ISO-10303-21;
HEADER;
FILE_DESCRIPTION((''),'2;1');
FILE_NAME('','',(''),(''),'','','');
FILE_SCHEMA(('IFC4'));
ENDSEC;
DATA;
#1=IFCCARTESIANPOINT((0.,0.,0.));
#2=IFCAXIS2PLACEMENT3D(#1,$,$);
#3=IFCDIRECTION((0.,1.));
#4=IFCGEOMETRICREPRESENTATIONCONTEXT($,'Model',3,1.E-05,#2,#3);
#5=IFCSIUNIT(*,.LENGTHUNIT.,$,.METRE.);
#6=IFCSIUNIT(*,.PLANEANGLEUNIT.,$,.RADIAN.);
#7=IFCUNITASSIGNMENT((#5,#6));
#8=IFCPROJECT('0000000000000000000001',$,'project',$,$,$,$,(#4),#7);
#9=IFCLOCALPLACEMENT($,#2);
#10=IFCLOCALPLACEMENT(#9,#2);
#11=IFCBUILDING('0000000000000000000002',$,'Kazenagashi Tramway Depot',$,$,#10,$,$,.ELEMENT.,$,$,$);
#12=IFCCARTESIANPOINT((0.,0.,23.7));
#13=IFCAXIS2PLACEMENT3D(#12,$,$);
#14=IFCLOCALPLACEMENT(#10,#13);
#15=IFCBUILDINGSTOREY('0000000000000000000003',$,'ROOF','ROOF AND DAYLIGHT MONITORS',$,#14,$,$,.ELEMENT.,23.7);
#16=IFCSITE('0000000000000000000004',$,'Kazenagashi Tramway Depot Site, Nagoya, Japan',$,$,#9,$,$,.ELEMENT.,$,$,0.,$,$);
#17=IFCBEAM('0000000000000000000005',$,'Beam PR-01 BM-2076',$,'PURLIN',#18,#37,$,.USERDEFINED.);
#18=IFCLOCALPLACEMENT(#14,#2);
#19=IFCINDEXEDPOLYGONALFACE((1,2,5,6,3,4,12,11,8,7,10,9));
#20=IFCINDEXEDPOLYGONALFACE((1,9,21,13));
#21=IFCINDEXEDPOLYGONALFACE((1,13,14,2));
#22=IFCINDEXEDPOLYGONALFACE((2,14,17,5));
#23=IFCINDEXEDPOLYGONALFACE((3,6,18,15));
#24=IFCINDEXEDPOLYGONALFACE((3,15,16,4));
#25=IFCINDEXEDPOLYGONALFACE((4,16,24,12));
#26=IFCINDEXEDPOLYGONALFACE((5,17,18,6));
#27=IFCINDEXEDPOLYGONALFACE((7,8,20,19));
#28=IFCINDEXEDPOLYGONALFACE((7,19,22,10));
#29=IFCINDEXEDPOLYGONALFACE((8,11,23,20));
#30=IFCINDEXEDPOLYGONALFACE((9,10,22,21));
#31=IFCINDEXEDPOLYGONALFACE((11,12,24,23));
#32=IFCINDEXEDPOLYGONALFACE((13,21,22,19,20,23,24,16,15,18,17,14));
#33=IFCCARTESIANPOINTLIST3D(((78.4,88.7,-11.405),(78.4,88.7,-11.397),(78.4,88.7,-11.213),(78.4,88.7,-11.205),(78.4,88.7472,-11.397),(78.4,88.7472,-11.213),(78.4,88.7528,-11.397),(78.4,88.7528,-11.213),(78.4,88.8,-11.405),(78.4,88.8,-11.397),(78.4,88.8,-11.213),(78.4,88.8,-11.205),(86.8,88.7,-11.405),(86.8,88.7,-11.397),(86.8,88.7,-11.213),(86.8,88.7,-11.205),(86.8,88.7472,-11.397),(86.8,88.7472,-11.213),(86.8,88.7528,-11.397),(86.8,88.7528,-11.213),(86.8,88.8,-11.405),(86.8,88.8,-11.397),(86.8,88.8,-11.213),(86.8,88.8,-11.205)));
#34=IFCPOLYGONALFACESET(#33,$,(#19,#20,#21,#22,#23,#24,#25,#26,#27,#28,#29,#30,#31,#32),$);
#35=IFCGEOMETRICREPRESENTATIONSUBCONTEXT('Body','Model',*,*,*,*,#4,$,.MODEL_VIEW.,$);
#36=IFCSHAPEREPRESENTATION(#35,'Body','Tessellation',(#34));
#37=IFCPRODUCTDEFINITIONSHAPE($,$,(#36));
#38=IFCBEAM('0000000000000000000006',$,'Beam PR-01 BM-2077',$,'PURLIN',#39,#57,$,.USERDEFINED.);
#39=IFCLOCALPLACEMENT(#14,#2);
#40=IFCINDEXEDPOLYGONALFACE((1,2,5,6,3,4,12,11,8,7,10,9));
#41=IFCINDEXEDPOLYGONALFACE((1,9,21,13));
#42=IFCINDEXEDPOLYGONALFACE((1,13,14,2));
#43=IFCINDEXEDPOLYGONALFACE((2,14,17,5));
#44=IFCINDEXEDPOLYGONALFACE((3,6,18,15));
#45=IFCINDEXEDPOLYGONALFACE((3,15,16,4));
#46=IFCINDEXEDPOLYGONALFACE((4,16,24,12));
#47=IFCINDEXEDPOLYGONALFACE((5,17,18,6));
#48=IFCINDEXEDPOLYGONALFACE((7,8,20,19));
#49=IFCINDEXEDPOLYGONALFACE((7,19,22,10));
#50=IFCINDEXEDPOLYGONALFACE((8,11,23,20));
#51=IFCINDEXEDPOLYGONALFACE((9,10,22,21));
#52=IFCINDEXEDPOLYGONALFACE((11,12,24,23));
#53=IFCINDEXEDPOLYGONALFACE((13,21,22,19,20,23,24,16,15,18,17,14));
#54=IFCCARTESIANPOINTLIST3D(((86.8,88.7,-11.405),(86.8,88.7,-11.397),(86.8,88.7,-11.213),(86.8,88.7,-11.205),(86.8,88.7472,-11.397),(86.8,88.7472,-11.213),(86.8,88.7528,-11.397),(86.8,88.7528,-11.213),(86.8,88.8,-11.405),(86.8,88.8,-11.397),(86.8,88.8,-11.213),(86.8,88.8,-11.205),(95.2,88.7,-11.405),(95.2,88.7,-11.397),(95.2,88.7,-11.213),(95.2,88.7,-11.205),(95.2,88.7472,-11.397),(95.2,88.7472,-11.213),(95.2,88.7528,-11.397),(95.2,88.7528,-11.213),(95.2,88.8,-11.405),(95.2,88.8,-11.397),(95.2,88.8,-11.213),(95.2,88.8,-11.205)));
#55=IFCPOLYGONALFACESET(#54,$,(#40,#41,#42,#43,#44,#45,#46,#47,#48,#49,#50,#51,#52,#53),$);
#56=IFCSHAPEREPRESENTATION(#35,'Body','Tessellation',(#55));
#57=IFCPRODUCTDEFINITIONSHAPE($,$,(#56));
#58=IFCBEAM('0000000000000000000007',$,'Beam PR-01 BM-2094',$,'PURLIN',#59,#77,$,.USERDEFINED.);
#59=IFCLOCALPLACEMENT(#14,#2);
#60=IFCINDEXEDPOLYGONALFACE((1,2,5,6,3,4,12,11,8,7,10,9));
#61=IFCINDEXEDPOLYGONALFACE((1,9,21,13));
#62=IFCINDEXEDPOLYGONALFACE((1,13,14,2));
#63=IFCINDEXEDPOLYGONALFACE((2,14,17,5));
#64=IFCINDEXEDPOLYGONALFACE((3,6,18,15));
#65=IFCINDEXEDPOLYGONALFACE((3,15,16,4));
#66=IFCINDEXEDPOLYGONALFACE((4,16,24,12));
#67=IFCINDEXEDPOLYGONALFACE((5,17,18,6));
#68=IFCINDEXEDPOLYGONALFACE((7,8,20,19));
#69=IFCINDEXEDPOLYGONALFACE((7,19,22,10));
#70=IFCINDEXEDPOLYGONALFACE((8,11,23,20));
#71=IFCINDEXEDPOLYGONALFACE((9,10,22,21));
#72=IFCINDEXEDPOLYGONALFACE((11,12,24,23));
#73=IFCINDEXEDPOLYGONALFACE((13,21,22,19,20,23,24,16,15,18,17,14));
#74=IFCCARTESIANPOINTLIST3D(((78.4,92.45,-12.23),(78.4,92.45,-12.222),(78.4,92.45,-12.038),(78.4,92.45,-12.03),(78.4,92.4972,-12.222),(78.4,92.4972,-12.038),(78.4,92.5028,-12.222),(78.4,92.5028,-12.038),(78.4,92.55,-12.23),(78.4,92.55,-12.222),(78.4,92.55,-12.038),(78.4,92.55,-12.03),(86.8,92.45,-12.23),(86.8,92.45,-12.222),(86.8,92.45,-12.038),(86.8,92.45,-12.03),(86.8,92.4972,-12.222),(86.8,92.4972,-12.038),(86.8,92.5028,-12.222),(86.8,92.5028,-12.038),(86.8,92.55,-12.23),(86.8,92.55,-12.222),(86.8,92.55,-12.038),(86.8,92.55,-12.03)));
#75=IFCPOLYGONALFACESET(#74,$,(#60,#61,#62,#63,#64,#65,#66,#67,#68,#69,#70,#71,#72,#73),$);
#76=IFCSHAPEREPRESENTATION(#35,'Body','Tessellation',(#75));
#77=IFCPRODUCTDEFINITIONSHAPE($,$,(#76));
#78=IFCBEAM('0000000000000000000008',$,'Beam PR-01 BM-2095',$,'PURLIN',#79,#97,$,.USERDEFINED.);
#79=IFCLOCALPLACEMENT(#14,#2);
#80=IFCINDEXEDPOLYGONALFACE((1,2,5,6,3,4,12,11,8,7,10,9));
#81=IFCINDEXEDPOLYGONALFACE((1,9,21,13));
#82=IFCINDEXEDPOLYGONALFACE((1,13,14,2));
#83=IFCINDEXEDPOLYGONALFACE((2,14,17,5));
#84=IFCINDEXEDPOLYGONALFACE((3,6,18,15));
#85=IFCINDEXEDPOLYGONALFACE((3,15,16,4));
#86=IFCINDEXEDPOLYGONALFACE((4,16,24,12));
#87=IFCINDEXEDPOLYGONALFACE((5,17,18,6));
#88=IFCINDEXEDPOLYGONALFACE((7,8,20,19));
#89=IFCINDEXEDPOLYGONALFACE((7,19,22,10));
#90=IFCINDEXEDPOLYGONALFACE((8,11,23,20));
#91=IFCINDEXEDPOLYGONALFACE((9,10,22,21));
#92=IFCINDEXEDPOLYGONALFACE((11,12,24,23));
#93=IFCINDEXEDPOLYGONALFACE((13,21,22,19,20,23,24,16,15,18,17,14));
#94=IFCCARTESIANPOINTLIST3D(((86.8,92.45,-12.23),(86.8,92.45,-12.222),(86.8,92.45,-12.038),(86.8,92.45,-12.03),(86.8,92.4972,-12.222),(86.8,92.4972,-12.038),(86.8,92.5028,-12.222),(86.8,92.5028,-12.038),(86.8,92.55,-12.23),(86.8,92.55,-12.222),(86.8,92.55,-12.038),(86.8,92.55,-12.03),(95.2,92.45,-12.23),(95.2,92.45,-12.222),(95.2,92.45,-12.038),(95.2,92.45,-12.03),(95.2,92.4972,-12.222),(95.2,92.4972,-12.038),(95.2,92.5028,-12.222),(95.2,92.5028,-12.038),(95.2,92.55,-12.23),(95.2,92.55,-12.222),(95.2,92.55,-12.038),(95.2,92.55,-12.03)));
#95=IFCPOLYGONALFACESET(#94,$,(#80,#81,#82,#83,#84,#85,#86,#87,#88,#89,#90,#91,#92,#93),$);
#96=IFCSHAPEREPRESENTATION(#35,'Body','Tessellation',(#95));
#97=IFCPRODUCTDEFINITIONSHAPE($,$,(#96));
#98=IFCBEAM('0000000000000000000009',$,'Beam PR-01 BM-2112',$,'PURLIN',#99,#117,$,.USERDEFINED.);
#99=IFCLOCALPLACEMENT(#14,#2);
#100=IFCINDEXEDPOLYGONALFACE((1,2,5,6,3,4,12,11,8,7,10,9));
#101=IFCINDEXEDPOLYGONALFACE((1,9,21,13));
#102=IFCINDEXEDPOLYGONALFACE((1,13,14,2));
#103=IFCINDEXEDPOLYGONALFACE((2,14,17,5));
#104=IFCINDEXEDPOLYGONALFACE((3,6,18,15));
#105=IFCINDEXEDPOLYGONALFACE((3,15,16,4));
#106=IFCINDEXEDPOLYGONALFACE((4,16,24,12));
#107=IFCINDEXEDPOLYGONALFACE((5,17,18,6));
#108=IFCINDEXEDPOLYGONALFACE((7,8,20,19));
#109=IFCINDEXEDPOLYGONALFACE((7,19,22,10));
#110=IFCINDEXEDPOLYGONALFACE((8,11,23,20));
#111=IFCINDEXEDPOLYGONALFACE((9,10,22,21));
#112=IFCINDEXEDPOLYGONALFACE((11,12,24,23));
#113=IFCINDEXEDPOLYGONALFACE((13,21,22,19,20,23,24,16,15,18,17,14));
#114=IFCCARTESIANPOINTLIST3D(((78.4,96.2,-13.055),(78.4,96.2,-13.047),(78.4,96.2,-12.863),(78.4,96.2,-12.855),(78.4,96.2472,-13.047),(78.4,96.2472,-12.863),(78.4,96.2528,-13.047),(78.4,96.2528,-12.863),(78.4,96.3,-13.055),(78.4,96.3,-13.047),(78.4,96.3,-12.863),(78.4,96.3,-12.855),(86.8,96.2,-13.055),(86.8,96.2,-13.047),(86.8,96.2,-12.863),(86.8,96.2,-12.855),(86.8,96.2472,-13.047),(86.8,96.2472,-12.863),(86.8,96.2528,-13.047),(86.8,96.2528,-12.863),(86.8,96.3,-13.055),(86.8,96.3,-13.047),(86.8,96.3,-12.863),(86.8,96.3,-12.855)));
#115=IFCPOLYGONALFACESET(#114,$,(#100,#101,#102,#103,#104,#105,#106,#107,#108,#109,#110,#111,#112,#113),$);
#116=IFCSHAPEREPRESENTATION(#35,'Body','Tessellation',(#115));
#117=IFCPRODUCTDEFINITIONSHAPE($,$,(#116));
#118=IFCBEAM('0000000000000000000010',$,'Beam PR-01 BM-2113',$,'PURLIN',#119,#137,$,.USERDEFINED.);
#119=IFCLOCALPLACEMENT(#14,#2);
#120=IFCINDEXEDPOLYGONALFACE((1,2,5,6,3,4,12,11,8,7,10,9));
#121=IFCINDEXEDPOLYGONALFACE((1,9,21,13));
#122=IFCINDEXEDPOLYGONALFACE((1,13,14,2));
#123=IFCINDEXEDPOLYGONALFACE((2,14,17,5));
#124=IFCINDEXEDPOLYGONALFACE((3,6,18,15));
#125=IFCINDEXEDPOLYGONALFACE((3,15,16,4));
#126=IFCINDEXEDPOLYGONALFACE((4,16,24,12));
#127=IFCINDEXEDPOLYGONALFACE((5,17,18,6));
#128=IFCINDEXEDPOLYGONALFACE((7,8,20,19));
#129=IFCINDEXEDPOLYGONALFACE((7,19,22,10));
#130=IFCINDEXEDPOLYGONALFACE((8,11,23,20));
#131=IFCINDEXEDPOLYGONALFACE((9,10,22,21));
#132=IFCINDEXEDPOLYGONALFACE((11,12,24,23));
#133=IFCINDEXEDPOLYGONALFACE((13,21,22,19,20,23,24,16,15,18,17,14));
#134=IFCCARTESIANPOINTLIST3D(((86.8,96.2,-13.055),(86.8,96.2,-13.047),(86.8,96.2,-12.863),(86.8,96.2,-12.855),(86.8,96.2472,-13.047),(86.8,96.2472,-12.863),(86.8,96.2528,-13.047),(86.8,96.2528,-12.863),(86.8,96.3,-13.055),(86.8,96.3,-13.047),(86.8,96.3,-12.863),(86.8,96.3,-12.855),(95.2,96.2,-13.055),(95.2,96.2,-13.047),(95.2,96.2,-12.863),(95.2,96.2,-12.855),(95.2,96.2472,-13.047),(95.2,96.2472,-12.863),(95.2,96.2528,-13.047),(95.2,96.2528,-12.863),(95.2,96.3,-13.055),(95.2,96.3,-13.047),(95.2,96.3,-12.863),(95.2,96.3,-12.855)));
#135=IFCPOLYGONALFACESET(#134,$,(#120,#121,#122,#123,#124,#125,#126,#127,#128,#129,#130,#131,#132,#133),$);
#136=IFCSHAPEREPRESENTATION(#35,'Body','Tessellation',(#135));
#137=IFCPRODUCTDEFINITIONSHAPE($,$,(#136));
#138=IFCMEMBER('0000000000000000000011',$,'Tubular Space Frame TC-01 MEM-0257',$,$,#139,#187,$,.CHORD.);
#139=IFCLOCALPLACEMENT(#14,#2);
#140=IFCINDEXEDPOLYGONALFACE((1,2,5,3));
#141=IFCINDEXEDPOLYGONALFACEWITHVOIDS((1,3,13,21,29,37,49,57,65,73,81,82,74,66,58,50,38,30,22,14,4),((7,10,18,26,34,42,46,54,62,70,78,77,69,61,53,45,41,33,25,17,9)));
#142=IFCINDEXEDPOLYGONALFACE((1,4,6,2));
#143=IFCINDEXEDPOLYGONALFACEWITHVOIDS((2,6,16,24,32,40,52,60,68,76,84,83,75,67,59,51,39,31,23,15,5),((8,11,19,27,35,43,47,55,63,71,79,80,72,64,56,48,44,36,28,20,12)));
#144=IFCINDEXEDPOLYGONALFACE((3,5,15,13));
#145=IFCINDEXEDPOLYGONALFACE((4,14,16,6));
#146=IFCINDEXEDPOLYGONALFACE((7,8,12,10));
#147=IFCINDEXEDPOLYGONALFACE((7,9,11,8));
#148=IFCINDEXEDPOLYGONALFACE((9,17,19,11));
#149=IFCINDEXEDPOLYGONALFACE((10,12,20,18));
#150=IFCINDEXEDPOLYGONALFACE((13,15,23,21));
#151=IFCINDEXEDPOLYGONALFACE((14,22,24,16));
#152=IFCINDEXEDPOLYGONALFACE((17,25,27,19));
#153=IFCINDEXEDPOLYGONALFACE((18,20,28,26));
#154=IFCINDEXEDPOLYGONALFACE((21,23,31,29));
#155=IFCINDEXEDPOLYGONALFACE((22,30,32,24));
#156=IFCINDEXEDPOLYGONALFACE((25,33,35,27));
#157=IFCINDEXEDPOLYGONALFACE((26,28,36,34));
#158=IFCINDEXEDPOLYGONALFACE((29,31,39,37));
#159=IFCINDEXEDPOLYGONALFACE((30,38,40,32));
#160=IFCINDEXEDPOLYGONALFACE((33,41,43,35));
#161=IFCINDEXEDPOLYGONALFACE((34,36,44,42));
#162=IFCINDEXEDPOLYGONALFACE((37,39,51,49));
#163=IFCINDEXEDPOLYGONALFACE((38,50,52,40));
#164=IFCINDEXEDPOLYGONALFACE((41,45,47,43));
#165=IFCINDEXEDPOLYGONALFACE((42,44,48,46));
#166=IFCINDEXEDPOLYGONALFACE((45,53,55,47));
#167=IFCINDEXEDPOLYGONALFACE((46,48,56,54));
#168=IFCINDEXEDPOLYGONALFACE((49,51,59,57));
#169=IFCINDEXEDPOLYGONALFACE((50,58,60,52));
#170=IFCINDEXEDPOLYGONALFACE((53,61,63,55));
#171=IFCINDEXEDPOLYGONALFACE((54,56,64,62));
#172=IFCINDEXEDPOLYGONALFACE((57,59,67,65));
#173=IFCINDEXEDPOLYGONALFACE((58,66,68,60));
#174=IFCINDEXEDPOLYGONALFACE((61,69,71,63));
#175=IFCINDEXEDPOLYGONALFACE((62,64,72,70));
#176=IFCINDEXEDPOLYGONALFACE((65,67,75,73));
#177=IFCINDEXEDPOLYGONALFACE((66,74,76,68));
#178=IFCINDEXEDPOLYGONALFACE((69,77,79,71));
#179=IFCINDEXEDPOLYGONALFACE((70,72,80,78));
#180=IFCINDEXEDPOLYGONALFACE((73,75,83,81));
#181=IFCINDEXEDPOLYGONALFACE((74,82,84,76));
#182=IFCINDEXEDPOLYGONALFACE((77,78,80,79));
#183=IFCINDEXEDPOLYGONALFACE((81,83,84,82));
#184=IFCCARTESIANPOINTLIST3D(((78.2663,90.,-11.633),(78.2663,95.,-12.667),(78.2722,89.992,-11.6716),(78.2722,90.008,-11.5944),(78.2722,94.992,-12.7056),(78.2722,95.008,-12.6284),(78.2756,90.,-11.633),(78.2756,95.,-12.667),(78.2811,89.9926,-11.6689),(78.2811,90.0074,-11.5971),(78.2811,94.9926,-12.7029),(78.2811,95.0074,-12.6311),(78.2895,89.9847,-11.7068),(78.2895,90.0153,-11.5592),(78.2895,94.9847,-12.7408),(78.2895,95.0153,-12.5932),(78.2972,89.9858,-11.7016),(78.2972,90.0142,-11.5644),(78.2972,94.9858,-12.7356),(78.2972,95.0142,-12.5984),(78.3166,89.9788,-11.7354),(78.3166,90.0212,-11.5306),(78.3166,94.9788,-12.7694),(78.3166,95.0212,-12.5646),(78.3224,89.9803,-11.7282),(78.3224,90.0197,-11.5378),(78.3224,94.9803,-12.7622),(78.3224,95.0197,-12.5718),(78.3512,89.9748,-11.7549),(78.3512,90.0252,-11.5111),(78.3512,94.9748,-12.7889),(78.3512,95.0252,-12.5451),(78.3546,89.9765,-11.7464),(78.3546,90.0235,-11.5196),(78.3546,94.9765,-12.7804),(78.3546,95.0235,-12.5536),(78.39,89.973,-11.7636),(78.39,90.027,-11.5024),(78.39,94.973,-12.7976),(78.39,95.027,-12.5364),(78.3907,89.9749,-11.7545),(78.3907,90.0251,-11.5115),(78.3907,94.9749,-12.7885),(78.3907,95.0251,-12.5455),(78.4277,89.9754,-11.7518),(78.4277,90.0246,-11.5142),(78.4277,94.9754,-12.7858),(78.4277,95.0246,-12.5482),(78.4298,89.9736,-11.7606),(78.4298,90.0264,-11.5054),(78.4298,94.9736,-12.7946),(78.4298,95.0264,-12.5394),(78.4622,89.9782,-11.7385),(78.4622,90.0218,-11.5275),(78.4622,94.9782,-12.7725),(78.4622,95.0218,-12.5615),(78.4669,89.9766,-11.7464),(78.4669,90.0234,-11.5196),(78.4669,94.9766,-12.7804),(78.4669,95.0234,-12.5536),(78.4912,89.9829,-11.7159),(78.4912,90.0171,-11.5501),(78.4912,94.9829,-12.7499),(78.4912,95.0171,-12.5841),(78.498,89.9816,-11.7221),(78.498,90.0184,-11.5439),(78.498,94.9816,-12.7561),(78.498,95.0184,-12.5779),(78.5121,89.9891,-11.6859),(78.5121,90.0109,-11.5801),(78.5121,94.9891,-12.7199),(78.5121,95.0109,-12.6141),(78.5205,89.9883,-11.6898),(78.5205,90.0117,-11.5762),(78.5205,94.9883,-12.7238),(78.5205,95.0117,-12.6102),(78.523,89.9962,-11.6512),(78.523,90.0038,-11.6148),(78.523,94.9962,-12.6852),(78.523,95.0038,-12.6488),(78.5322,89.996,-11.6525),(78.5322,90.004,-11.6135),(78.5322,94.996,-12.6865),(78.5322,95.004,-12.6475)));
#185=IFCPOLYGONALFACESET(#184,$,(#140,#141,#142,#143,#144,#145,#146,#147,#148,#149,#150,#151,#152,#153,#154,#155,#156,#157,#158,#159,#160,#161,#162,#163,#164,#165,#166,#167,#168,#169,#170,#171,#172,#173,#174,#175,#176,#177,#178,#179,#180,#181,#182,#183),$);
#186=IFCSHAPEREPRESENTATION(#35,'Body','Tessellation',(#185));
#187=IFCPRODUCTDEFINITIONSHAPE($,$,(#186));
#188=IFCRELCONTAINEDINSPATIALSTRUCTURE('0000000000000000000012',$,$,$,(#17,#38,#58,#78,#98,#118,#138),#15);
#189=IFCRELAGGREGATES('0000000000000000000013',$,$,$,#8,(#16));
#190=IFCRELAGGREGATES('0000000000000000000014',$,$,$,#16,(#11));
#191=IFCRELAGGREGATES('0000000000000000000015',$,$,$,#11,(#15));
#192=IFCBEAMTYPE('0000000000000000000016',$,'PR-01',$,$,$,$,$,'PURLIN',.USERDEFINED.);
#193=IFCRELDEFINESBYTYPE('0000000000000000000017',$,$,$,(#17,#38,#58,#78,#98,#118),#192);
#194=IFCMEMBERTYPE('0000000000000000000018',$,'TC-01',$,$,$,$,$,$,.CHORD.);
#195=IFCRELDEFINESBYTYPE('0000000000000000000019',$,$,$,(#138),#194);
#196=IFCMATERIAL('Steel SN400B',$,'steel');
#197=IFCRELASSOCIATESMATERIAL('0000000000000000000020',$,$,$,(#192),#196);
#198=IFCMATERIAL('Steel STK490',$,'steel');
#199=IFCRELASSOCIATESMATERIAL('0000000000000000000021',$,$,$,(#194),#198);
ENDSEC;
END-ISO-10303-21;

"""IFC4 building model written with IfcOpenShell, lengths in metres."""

from ifc_helpers import new_model, si_unit, direction, frame, origin, origin_2d, place, context, subcontext, project, spatial, hollow_circle, i_section, extrude, material, material_profile, profile_set, type_object, element, save


model = new_model("IFC4")

# Units and contexts
model_context = context("Model", 3, precision=1e-05, world=origin(), true_north=direction((0.0, 1.0)))
body_context = subcontext(model_context, "Body", "Model", "MODEL_VIEW")
ifc_project = project(units=[si_unit("LENGTHUNIT", "METRE"), si_unit("PLANEANGLEUNIT", "RADIAN")], contexts=[model_context])

# Site, building, storey
site_placement = place(None, origin())
site = spatial("IfcSite", under=ifc_project, at=site_placement, Name="Kazenagashi Tramway Depot Site, Nagoya, Japan", CompositionType="ELEMENT", RefElevation=0.0)
building_placement = place(site_placement, origin())
building = spatial("IfcBuilding", under=site, at=building_placement, Name="Kazenagashi Tramway Depot", CompositionType="ELEMENT")
storey_placement = place(building_placement, frame((0.0, 0.0, 23.7)))
storey = spatial("IfcBuildingStorey", under=building, at=storey_placement, Name="ROOF", Description="ROOF AND DAYLIGHT MONITORS", CompositionType="ELEMENT", Elevation=23.7)

# Beams
ifc_material_1 = material(Name="Steel SN400B", Category="steel")
ifc_material_profile_1 = material_profile(ifc_material_1, i_section(OverallWidth=0.1, OverallDepth=0.2, WebThickness=0.0055, FlangeThickness=0.008, at=origin_2d()), Name="H-200x100x5.5x8")
ifc_profile_set_1 = profile_set([ifc_material_profile_1], Name="Steel SN400B")
beam_type = type_object("IfcBeamType", Name="PR-01", ElementType="PURLIN", PredefinedType="USERDEFINED", material=ifc_profile_set_1)
for number, where, z_axis, x_axis, name in (
    (1, (78.4, 88.75, -11.305), (1.0, 0.0, 0.0), (0.0, 1.0, 0.0), "Beam PR-01 BM-2076"),
    (2, (86.8, 88.75, -11.305), (1.0, 0.0, 0.0), (0.0, 1.0, 0.0), "Beam PR-01 BM-2077"),
    (3, (78.4, 92.5, -12.13), (1.0, 0.0, 0.0), (0.0, 1.0, 0.0), "Beam PR-01 BM-2094"),
    (4, (86.8, 92.5, -12.13), (1.0, 0.0, 0.0), (0.0, 1.0, 0.0), "Beam PR-01 BM-2095"),
    (5, (78.4, 96.25, -12.955), (1.0, 0.0, 0.0), (0.0, 1.0, 0.0), "Beam PR-01 BM-2112"),
    (6, (86.8, 96.25, -12.955), (1.0, 0.0, 0.0), (0.0, 1.0, 0.0), "Beam PR-01 BM-2113"),
):
    element("IfcBeam", number, at=place(storey_placement, frame(where, z_axis=z_axis, x_axis=x_axis)), inside=storey, type_object=beam_type, Name=name, ObjectType="PURLIN", PredefinedType="USERDEFINED", context=body_context, shape_type="SweptSolid", body=[
        extrude(i_section(OverallWidth=0.1, OverallDepth=0.2, WebThickness=0.0055, FlangeThickness=0.008, at=origin_2d()), origin(), (0.0, 0.0, 1.0), 8.4),
    ])

# Member
ifc_material_2 = material(Name="Steel STK490", Category="steel")
ifc_material_profile_2 = material_profile(ifc_material_2, hollow_circle(Radius=0.1337, WallThickness=0.0093, at=origin_2d()), Name="CHS-267.4x9.3")
ifc_profile_set_2 = profile_set([ifc_material_profile_2], Name="Steel STK490")
member_type_1 = type_object("IfcMemberType", Name="TC-01", PredefinedType="CHORD", material=ifc_profile_set_2)
member_1_placement = place(storey_placement, frame((78.4, 90.0, -11.633), z_axis=(0.0, 0.979279, -0.202515), x_axis=(-1.0, 0.0, 0.0)))
element("IfcMember", 7, at=member_1_placement, inside=storey, type_object=member_type_1, Name="Tubular Space Frame TC-01 MEM-0257", PredefinedType="CHORD", context=body_context, shape_type="SweptSolid", body=[
    extrude(hollow_circle(Radius=0.1337, WallThickness=0.0093, at=origin_2d()), origin(), (0.0, 0.0, 1.0), 5.1058),
])

save(model, "model.ifc")
